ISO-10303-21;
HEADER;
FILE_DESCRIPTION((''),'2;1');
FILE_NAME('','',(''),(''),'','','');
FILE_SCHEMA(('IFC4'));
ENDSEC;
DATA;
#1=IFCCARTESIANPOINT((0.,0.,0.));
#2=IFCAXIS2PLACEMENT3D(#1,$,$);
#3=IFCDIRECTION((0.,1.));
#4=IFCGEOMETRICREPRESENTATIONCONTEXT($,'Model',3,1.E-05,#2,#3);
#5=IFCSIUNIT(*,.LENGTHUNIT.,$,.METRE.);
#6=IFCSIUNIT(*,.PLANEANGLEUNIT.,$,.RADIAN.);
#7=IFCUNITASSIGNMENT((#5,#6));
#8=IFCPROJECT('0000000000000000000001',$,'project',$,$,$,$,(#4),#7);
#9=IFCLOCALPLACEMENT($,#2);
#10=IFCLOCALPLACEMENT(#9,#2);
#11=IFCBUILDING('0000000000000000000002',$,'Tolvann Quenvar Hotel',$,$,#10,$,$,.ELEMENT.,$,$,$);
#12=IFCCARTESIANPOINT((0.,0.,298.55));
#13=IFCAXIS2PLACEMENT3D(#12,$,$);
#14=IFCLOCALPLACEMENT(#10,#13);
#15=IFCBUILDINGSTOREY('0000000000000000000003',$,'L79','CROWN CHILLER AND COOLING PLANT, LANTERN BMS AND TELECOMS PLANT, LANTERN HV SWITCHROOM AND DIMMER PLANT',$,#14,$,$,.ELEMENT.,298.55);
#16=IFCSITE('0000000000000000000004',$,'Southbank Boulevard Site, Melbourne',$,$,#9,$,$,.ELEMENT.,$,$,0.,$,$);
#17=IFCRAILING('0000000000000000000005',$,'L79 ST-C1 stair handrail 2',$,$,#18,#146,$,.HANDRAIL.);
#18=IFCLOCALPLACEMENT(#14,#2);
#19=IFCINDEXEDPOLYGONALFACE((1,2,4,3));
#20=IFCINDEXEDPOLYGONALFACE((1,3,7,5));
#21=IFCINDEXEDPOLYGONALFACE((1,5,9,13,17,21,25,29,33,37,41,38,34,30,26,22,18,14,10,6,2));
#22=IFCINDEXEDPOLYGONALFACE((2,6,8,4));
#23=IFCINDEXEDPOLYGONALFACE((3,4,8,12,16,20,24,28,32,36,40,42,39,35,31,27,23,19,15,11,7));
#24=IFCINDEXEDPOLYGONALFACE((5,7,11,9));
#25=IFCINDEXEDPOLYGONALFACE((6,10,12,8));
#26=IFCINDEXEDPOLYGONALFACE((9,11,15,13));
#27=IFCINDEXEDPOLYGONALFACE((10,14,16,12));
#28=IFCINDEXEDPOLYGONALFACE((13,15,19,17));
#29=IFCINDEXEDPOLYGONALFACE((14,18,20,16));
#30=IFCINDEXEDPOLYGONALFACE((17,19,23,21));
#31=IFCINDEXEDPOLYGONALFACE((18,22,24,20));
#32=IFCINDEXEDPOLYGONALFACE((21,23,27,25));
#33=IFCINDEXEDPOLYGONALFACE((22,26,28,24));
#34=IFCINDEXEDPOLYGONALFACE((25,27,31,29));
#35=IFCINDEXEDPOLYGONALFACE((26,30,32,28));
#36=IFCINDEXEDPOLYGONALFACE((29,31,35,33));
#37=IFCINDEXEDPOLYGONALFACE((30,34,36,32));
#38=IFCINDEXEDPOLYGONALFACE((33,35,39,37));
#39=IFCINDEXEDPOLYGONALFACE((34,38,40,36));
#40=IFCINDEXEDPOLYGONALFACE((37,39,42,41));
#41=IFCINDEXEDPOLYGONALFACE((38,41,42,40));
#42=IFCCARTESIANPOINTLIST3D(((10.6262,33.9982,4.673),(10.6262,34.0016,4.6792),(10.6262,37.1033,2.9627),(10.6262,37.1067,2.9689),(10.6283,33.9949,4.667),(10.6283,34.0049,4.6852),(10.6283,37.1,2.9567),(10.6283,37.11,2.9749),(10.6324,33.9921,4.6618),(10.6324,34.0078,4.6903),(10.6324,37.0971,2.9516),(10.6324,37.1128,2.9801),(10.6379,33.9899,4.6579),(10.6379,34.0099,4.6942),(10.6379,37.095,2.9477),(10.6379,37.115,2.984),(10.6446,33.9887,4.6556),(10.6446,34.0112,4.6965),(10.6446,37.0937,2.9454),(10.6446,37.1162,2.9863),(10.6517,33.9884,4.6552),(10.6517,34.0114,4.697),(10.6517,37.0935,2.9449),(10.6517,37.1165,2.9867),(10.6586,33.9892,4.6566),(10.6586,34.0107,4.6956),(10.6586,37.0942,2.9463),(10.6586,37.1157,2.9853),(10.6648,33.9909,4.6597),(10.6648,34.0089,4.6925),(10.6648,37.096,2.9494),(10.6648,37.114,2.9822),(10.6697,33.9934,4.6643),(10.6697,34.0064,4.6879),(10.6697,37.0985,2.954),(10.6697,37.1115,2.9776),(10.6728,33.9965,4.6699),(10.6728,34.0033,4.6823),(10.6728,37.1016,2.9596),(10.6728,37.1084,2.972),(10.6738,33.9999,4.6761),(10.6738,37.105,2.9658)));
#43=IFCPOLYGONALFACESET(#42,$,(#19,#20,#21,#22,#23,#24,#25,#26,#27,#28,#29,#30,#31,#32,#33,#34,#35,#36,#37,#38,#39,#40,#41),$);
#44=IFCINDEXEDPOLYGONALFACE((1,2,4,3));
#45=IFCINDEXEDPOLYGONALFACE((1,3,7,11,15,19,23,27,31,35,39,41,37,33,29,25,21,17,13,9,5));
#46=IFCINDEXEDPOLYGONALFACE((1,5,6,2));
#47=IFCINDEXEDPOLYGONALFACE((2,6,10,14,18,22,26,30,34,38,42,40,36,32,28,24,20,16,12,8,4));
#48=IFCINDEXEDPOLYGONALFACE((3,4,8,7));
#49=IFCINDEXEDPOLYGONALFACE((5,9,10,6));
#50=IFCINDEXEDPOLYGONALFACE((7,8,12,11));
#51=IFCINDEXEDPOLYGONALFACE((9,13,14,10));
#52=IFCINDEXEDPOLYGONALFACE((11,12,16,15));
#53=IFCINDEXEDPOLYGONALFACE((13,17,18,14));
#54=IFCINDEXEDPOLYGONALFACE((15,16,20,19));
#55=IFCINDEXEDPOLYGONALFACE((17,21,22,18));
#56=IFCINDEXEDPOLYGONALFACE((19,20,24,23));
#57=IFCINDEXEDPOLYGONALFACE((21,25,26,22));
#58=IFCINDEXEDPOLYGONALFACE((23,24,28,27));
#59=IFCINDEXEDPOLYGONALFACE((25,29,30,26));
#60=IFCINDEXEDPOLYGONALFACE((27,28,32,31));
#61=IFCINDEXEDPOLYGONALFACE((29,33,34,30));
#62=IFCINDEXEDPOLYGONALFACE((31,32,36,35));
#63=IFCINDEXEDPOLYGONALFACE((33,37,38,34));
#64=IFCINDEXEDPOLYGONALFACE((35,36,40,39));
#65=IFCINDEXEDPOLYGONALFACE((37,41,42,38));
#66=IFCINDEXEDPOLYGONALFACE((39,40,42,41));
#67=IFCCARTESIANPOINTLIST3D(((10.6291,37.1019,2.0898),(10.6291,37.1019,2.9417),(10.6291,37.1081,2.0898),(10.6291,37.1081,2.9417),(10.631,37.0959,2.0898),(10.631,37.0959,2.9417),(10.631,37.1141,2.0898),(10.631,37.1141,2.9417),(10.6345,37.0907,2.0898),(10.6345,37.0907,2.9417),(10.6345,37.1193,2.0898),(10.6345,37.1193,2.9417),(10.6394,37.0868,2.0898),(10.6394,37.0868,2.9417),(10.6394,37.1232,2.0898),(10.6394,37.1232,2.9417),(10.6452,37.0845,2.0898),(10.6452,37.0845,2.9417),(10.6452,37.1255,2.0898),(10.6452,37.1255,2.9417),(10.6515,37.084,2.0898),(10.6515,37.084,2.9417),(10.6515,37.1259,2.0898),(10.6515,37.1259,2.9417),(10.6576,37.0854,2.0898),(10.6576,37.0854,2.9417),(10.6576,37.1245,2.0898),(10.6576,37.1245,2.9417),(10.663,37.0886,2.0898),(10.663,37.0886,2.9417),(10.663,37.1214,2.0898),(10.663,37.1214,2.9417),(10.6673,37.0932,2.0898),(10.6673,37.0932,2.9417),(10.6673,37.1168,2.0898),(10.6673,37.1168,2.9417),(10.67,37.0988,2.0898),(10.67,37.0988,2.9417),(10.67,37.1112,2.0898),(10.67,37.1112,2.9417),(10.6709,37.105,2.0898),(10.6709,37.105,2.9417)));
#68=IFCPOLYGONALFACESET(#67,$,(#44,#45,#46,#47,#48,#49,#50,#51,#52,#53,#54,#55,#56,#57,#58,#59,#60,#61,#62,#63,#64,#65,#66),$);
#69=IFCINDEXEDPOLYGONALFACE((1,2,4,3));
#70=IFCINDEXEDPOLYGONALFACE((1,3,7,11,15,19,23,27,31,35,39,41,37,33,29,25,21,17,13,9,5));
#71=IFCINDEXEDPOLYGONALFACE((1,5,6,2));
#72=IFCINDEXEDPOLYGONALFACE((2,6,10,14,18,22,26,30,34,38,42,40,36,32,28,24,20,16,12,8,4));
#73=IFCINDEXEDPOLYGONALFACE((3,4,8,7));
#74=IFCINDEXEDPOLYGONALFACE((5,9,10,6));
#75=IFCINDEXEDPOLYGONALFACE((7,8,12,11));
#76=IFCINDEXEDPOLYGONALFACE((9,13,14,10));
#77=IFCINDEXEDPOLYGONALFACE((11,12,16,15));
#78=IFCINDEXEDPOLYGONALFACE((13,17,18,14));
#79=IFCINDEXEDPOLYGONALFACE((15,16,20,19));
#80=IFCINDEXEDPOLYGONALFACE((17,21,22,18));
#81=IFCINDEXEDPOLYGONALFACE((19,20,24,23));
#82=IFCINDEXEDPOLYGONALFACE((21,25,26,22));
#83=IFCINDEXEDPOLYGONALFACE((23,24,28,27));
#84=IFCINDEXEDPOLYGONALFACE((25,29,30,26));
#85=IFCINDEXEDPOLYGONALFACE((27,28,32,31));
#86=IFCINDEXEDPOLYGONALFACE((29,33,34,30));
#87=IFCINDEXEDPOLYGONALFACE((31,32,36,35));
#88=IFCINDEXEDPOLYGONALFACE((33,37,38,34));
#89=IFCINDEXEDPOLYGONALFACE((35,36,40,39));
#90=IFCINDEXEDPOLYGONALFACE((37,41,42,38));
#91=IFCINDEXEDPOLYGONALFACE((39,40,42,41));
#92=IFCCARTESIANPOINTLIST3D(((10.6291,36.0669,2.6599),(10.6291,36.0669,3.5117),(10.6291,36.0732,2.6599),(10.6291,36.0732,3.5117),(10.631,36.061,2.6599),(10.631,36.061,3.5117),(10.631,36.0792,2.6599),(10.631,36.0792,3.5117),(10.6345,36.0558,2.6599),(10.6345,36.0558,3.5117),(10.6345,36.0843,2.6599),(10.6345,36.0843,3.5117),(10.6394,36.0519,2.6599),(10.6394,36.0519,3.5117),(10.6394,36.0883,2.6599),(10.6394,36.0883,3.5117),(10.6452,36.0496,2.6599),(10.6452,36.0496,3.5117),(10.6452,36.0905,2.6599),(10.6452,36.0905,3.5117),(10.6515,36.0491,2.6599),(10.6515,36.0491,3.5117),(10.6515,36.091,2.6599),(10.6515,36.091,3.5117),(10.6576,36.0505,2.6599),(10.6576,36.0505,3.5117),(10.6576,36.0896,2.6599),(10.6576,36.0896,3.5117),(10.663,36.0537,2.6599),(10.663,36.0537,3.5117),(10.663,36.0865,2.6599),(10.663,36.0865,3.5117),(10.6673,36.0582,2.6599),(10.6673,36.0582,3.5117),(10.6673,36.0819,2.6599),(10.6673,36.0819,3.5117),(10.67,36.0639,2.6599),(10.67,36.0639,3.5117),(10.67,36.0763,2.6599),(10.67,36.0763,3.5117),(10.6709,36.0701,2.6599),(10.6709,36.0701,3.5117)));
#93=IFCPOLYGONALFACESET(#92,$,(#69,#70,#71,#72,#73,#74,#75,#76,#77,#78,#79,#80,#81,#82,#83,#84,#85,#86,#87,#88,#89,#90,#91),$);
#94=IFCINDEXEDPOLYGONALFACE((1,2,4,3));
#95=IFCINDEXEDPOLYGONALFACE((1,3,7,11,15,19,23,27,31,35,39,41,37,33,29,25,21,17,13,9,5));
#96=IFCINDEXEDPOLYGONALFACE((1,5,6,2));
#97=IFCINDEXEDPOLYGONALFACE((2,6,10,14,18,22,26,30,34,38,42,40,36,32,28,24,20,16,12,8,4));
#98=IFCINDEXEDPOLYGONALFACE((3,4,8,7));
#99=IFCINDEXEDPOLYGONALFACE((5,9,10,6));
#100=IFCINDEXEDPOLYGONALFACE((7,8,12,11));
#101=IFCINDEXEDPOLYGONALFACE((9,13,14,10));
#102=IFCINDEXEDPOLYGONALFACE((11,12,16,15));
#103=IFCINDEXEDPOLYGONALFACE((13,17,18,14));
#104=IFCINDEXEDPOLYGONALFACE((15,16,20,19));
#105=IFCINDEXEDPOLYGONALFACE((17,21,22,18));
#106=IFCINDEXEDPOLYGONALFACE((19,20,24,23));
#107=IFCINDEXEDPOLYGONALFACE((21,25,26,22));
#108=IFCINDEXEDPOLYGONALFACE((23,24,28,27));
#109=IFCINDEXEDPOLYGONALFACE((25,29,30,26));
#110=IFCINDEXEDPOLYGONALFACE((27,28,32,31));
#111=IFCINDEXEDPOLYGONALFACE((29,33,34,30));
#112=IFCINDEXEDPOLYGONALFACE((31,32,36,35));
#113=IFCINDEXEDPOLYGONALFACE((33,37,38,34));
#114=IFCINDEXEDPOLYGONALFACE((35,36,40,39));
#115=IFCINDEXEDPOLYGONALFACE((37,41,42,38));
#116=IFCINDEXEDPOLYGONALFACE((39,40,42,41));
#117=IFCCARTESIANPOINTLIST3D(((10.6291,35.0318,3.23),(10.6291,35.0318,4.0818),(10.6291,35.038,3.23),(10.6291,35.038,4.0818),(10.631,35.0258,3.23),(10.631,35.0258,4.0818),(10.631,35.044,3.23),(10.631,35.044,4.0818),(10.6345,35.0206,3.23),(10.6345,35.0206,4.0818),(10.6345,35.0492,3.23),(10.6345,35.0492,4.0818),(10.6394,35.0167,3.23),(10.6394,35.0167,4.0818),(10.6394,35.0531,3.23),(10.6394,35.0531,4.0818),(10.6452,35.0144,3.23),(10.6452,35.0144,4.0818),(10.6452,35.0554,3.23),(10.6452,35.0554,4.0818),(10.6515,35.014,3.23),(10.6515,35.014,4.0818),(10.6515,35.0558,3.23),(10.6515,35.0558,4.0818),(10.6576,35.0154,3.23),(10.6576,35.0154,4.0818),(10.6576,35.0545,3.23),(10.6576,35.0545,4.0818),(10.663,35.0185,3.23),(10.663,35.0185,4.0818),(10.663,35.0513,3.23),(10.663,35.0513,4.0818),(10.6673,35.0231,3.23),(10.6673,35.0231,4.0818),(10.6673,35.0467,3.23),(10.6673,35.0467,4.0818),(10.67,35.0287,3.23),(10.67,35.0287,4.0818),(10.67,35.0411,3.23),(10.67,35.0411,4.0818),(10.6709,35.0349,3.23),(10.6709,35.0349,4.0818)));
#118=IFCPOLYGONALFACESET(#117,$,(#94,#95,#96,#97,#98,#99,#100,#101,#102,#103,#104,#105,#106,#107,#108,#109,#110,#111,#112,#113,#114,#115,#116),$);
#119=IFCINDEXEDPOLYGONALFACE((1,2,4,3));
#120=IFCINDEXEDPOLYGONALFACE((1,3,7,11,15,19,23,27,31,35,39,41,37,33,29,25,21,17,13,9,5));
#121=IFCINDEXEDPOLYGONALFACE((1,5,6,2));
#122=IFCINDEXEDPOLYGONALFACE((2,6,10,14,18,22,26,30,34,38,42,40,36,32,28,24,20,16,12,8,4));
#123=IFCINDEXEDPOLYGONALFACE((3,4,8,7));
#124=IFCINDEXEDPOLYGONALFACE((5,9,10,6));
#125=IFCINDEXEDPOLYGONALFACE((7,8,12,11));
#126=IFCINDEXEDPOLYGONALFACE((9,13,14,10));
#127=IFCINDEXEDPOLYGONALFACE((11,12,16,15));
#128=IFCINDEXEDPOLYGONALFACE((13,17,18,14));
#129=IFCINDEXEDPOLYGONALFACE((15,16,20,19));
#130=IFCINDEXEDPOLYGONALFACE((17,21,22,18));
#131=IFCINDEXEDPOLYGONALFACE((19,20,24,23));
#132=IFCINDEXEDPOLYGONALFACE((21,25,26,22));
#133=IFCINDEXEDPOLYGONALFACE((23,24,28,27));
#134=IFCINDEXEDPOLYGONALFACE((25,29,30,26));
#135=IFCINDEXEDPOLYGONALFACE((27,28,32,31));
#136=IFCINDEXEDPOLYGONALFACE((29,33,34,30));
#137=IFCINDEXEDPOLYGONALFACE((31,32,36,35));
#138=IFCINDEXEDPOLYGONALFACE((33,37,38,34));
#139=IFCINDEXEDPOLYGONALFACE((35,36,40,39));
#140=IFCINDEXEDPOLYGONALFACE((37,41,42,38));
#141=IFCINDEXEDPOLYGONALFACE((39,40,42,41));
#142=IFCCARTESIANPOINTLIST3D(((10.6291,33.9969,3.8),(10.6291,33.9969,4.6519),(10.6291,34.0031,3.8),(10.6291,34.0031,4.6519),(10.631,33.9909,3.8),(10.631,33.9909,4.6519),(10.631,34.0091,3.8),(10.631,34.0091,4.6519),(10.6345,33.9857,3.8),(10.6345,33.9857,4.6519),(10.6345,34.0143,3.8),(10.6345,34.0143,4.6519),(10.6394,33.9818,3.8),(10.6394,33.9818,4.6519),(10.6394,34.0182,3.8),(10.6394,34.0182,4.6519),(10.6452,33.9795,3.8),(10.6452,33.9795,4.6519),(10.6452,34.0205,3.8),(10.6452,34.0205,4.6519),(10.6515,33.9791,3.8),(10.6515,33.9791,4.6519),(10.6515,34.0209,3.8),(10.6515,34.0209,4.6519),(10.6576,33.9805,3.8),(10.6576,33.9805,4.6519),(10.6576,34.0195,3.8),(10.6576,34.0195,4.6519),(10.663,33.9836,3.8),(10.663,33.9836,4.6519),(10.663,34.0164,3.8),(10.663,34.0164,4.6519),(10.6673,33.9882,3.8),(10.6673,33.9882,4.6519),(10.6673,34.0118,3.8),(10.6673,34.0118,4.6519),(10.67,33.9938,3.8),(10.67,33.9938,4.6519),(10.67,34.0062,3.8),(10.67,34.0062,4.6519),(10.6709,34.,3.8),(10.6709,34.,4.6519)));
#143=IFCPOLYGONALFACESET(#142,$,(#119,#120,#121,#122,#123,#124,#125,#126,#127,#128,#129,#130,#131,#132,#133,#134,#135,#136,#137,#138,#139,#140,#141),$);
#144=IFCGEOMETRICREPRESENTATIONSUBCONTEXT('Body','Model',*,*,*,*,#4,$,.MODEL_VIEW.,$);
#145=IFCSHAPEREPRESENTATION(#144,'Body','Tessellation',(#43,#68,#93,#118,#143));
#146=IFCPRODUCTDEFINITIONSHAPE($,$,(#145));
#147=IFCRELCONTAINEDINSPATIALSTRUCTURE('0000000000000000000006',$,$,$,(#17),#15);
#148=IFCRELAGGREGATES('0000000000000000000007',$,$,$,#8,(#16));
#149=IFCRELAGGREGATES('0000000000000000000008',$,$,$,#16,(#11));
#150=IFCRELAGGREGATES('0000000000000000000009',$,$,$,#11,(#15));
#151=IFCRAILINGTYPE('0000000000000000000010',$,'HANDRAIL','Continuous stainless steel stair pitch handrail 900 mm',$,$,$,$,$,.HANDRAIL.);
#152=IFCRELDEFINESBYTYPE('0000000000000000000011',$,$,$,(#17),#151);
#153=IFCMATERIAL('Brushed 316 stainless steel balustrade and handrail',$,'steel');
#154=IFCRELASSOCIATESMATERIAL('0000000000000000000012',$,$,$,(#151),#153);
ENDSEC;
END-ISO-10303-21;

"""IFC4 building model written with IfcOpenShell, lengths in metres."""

from ifc_helpers import new_model, si_unit, direction, frame, origin, origin_2d, place, context, subcontext, project, spatial, circle, extrude, material, type_object, element, save


model = new_model("IFC4")

# Units and contexts
model_context = context("Model", 3, precision=1e-05, world=origin(), true_north=direction((0.0, 1.0)))
body_context = subcontext(model_context, "Body", "Model", "MODEL_VIEW")
ifc_project = project(units=[si_unit("LENGTHUNIT", "METRE"), si_unit("PLANEANGLEUNIT", "RADIAN")], contexts=[model_context])

# Site, building, storey
site_placement = place(None, origin())
site = spatial("IfcSite", under=ifc_project, at=site_placement, Name="Southbank Boulevard Site, Melbourne", CompositionType="ELEMENT", RefElevation=0.0)
building_placement = place(site_placement, origin())
building = spatial("IfcBuilding", under=site, at=building_placement, Name="Tolvann Quenvar Hotel", CompositionType="ELEMENT")
storey_placement = place(building_placement, frame((0.0, 0.0, 298.55)))
storey = spatial("IfcBuildingStorey", under=building, at=storey_placement, Name="L79", Description="CROWN CHILLER AND COOLING PLANT, LANTERN BMS AND TELECOMS PLANT, LANTERN HV SWITCHROOM AND DIMMER PLANT", CompositionType="ELEMENT", Elevation=298.55)

# Railing
ifc_material_1 = material(Name="Brushed 316 stainless steel balustrade and handrail", Category="steel")
railing_type_1 = type_object("IfcRailingType", Name="HANDRAIL", Description="Continuous stainless steel stair pitch handrail 900 mm", PredefinedType="HANDRAIL", material=ifc_material_1)
railing_1_placement = place(storey_placement, frame((10.6499, 37.105, 2.0898)))
element("IfcRailing", 1, at=railing_1_placement, inside=storey, type_object=railing_type_1, Name="L79 ST-C1 stair handrail 2", PredefinedType="HANDRAIL", context=body_context, shape_type="SweptSolid", body=[
    extrude(circle(Radius=0.0239, at=origin_2d()), frame((0.0, 0.0, 0.876), z_axis=(0.0, -0.875922, 0.482453), x_axis=(1.0, 0.0, 0.0)), (0.0, 0.0, 1.0), 3.5449),
    extrude(circle(Radius=0.021, at=origin_2d()), origin(), (0.0, 0.0, 1.0), 0.8518),
    extrude(circle(Radius=0.021, at=origin_2d()), frame((0.0, -1.0349, 0.5701)), (0.0, 0.0, 1.0), 0.8518),
    extrude(circle(Radius=0.021, at=origin_2d()), frame((0.0, -2.0701, 1.1401)), (0.0, 0.0, 1.0), 0.8518),
    extrude(circle(Radius=0.021, at=origin_2d()), frame((0.0, -3.105, 1.7102)), (0.0, 0.0, 1.0), 0.8518),
])

save(model, "model.ifc")
